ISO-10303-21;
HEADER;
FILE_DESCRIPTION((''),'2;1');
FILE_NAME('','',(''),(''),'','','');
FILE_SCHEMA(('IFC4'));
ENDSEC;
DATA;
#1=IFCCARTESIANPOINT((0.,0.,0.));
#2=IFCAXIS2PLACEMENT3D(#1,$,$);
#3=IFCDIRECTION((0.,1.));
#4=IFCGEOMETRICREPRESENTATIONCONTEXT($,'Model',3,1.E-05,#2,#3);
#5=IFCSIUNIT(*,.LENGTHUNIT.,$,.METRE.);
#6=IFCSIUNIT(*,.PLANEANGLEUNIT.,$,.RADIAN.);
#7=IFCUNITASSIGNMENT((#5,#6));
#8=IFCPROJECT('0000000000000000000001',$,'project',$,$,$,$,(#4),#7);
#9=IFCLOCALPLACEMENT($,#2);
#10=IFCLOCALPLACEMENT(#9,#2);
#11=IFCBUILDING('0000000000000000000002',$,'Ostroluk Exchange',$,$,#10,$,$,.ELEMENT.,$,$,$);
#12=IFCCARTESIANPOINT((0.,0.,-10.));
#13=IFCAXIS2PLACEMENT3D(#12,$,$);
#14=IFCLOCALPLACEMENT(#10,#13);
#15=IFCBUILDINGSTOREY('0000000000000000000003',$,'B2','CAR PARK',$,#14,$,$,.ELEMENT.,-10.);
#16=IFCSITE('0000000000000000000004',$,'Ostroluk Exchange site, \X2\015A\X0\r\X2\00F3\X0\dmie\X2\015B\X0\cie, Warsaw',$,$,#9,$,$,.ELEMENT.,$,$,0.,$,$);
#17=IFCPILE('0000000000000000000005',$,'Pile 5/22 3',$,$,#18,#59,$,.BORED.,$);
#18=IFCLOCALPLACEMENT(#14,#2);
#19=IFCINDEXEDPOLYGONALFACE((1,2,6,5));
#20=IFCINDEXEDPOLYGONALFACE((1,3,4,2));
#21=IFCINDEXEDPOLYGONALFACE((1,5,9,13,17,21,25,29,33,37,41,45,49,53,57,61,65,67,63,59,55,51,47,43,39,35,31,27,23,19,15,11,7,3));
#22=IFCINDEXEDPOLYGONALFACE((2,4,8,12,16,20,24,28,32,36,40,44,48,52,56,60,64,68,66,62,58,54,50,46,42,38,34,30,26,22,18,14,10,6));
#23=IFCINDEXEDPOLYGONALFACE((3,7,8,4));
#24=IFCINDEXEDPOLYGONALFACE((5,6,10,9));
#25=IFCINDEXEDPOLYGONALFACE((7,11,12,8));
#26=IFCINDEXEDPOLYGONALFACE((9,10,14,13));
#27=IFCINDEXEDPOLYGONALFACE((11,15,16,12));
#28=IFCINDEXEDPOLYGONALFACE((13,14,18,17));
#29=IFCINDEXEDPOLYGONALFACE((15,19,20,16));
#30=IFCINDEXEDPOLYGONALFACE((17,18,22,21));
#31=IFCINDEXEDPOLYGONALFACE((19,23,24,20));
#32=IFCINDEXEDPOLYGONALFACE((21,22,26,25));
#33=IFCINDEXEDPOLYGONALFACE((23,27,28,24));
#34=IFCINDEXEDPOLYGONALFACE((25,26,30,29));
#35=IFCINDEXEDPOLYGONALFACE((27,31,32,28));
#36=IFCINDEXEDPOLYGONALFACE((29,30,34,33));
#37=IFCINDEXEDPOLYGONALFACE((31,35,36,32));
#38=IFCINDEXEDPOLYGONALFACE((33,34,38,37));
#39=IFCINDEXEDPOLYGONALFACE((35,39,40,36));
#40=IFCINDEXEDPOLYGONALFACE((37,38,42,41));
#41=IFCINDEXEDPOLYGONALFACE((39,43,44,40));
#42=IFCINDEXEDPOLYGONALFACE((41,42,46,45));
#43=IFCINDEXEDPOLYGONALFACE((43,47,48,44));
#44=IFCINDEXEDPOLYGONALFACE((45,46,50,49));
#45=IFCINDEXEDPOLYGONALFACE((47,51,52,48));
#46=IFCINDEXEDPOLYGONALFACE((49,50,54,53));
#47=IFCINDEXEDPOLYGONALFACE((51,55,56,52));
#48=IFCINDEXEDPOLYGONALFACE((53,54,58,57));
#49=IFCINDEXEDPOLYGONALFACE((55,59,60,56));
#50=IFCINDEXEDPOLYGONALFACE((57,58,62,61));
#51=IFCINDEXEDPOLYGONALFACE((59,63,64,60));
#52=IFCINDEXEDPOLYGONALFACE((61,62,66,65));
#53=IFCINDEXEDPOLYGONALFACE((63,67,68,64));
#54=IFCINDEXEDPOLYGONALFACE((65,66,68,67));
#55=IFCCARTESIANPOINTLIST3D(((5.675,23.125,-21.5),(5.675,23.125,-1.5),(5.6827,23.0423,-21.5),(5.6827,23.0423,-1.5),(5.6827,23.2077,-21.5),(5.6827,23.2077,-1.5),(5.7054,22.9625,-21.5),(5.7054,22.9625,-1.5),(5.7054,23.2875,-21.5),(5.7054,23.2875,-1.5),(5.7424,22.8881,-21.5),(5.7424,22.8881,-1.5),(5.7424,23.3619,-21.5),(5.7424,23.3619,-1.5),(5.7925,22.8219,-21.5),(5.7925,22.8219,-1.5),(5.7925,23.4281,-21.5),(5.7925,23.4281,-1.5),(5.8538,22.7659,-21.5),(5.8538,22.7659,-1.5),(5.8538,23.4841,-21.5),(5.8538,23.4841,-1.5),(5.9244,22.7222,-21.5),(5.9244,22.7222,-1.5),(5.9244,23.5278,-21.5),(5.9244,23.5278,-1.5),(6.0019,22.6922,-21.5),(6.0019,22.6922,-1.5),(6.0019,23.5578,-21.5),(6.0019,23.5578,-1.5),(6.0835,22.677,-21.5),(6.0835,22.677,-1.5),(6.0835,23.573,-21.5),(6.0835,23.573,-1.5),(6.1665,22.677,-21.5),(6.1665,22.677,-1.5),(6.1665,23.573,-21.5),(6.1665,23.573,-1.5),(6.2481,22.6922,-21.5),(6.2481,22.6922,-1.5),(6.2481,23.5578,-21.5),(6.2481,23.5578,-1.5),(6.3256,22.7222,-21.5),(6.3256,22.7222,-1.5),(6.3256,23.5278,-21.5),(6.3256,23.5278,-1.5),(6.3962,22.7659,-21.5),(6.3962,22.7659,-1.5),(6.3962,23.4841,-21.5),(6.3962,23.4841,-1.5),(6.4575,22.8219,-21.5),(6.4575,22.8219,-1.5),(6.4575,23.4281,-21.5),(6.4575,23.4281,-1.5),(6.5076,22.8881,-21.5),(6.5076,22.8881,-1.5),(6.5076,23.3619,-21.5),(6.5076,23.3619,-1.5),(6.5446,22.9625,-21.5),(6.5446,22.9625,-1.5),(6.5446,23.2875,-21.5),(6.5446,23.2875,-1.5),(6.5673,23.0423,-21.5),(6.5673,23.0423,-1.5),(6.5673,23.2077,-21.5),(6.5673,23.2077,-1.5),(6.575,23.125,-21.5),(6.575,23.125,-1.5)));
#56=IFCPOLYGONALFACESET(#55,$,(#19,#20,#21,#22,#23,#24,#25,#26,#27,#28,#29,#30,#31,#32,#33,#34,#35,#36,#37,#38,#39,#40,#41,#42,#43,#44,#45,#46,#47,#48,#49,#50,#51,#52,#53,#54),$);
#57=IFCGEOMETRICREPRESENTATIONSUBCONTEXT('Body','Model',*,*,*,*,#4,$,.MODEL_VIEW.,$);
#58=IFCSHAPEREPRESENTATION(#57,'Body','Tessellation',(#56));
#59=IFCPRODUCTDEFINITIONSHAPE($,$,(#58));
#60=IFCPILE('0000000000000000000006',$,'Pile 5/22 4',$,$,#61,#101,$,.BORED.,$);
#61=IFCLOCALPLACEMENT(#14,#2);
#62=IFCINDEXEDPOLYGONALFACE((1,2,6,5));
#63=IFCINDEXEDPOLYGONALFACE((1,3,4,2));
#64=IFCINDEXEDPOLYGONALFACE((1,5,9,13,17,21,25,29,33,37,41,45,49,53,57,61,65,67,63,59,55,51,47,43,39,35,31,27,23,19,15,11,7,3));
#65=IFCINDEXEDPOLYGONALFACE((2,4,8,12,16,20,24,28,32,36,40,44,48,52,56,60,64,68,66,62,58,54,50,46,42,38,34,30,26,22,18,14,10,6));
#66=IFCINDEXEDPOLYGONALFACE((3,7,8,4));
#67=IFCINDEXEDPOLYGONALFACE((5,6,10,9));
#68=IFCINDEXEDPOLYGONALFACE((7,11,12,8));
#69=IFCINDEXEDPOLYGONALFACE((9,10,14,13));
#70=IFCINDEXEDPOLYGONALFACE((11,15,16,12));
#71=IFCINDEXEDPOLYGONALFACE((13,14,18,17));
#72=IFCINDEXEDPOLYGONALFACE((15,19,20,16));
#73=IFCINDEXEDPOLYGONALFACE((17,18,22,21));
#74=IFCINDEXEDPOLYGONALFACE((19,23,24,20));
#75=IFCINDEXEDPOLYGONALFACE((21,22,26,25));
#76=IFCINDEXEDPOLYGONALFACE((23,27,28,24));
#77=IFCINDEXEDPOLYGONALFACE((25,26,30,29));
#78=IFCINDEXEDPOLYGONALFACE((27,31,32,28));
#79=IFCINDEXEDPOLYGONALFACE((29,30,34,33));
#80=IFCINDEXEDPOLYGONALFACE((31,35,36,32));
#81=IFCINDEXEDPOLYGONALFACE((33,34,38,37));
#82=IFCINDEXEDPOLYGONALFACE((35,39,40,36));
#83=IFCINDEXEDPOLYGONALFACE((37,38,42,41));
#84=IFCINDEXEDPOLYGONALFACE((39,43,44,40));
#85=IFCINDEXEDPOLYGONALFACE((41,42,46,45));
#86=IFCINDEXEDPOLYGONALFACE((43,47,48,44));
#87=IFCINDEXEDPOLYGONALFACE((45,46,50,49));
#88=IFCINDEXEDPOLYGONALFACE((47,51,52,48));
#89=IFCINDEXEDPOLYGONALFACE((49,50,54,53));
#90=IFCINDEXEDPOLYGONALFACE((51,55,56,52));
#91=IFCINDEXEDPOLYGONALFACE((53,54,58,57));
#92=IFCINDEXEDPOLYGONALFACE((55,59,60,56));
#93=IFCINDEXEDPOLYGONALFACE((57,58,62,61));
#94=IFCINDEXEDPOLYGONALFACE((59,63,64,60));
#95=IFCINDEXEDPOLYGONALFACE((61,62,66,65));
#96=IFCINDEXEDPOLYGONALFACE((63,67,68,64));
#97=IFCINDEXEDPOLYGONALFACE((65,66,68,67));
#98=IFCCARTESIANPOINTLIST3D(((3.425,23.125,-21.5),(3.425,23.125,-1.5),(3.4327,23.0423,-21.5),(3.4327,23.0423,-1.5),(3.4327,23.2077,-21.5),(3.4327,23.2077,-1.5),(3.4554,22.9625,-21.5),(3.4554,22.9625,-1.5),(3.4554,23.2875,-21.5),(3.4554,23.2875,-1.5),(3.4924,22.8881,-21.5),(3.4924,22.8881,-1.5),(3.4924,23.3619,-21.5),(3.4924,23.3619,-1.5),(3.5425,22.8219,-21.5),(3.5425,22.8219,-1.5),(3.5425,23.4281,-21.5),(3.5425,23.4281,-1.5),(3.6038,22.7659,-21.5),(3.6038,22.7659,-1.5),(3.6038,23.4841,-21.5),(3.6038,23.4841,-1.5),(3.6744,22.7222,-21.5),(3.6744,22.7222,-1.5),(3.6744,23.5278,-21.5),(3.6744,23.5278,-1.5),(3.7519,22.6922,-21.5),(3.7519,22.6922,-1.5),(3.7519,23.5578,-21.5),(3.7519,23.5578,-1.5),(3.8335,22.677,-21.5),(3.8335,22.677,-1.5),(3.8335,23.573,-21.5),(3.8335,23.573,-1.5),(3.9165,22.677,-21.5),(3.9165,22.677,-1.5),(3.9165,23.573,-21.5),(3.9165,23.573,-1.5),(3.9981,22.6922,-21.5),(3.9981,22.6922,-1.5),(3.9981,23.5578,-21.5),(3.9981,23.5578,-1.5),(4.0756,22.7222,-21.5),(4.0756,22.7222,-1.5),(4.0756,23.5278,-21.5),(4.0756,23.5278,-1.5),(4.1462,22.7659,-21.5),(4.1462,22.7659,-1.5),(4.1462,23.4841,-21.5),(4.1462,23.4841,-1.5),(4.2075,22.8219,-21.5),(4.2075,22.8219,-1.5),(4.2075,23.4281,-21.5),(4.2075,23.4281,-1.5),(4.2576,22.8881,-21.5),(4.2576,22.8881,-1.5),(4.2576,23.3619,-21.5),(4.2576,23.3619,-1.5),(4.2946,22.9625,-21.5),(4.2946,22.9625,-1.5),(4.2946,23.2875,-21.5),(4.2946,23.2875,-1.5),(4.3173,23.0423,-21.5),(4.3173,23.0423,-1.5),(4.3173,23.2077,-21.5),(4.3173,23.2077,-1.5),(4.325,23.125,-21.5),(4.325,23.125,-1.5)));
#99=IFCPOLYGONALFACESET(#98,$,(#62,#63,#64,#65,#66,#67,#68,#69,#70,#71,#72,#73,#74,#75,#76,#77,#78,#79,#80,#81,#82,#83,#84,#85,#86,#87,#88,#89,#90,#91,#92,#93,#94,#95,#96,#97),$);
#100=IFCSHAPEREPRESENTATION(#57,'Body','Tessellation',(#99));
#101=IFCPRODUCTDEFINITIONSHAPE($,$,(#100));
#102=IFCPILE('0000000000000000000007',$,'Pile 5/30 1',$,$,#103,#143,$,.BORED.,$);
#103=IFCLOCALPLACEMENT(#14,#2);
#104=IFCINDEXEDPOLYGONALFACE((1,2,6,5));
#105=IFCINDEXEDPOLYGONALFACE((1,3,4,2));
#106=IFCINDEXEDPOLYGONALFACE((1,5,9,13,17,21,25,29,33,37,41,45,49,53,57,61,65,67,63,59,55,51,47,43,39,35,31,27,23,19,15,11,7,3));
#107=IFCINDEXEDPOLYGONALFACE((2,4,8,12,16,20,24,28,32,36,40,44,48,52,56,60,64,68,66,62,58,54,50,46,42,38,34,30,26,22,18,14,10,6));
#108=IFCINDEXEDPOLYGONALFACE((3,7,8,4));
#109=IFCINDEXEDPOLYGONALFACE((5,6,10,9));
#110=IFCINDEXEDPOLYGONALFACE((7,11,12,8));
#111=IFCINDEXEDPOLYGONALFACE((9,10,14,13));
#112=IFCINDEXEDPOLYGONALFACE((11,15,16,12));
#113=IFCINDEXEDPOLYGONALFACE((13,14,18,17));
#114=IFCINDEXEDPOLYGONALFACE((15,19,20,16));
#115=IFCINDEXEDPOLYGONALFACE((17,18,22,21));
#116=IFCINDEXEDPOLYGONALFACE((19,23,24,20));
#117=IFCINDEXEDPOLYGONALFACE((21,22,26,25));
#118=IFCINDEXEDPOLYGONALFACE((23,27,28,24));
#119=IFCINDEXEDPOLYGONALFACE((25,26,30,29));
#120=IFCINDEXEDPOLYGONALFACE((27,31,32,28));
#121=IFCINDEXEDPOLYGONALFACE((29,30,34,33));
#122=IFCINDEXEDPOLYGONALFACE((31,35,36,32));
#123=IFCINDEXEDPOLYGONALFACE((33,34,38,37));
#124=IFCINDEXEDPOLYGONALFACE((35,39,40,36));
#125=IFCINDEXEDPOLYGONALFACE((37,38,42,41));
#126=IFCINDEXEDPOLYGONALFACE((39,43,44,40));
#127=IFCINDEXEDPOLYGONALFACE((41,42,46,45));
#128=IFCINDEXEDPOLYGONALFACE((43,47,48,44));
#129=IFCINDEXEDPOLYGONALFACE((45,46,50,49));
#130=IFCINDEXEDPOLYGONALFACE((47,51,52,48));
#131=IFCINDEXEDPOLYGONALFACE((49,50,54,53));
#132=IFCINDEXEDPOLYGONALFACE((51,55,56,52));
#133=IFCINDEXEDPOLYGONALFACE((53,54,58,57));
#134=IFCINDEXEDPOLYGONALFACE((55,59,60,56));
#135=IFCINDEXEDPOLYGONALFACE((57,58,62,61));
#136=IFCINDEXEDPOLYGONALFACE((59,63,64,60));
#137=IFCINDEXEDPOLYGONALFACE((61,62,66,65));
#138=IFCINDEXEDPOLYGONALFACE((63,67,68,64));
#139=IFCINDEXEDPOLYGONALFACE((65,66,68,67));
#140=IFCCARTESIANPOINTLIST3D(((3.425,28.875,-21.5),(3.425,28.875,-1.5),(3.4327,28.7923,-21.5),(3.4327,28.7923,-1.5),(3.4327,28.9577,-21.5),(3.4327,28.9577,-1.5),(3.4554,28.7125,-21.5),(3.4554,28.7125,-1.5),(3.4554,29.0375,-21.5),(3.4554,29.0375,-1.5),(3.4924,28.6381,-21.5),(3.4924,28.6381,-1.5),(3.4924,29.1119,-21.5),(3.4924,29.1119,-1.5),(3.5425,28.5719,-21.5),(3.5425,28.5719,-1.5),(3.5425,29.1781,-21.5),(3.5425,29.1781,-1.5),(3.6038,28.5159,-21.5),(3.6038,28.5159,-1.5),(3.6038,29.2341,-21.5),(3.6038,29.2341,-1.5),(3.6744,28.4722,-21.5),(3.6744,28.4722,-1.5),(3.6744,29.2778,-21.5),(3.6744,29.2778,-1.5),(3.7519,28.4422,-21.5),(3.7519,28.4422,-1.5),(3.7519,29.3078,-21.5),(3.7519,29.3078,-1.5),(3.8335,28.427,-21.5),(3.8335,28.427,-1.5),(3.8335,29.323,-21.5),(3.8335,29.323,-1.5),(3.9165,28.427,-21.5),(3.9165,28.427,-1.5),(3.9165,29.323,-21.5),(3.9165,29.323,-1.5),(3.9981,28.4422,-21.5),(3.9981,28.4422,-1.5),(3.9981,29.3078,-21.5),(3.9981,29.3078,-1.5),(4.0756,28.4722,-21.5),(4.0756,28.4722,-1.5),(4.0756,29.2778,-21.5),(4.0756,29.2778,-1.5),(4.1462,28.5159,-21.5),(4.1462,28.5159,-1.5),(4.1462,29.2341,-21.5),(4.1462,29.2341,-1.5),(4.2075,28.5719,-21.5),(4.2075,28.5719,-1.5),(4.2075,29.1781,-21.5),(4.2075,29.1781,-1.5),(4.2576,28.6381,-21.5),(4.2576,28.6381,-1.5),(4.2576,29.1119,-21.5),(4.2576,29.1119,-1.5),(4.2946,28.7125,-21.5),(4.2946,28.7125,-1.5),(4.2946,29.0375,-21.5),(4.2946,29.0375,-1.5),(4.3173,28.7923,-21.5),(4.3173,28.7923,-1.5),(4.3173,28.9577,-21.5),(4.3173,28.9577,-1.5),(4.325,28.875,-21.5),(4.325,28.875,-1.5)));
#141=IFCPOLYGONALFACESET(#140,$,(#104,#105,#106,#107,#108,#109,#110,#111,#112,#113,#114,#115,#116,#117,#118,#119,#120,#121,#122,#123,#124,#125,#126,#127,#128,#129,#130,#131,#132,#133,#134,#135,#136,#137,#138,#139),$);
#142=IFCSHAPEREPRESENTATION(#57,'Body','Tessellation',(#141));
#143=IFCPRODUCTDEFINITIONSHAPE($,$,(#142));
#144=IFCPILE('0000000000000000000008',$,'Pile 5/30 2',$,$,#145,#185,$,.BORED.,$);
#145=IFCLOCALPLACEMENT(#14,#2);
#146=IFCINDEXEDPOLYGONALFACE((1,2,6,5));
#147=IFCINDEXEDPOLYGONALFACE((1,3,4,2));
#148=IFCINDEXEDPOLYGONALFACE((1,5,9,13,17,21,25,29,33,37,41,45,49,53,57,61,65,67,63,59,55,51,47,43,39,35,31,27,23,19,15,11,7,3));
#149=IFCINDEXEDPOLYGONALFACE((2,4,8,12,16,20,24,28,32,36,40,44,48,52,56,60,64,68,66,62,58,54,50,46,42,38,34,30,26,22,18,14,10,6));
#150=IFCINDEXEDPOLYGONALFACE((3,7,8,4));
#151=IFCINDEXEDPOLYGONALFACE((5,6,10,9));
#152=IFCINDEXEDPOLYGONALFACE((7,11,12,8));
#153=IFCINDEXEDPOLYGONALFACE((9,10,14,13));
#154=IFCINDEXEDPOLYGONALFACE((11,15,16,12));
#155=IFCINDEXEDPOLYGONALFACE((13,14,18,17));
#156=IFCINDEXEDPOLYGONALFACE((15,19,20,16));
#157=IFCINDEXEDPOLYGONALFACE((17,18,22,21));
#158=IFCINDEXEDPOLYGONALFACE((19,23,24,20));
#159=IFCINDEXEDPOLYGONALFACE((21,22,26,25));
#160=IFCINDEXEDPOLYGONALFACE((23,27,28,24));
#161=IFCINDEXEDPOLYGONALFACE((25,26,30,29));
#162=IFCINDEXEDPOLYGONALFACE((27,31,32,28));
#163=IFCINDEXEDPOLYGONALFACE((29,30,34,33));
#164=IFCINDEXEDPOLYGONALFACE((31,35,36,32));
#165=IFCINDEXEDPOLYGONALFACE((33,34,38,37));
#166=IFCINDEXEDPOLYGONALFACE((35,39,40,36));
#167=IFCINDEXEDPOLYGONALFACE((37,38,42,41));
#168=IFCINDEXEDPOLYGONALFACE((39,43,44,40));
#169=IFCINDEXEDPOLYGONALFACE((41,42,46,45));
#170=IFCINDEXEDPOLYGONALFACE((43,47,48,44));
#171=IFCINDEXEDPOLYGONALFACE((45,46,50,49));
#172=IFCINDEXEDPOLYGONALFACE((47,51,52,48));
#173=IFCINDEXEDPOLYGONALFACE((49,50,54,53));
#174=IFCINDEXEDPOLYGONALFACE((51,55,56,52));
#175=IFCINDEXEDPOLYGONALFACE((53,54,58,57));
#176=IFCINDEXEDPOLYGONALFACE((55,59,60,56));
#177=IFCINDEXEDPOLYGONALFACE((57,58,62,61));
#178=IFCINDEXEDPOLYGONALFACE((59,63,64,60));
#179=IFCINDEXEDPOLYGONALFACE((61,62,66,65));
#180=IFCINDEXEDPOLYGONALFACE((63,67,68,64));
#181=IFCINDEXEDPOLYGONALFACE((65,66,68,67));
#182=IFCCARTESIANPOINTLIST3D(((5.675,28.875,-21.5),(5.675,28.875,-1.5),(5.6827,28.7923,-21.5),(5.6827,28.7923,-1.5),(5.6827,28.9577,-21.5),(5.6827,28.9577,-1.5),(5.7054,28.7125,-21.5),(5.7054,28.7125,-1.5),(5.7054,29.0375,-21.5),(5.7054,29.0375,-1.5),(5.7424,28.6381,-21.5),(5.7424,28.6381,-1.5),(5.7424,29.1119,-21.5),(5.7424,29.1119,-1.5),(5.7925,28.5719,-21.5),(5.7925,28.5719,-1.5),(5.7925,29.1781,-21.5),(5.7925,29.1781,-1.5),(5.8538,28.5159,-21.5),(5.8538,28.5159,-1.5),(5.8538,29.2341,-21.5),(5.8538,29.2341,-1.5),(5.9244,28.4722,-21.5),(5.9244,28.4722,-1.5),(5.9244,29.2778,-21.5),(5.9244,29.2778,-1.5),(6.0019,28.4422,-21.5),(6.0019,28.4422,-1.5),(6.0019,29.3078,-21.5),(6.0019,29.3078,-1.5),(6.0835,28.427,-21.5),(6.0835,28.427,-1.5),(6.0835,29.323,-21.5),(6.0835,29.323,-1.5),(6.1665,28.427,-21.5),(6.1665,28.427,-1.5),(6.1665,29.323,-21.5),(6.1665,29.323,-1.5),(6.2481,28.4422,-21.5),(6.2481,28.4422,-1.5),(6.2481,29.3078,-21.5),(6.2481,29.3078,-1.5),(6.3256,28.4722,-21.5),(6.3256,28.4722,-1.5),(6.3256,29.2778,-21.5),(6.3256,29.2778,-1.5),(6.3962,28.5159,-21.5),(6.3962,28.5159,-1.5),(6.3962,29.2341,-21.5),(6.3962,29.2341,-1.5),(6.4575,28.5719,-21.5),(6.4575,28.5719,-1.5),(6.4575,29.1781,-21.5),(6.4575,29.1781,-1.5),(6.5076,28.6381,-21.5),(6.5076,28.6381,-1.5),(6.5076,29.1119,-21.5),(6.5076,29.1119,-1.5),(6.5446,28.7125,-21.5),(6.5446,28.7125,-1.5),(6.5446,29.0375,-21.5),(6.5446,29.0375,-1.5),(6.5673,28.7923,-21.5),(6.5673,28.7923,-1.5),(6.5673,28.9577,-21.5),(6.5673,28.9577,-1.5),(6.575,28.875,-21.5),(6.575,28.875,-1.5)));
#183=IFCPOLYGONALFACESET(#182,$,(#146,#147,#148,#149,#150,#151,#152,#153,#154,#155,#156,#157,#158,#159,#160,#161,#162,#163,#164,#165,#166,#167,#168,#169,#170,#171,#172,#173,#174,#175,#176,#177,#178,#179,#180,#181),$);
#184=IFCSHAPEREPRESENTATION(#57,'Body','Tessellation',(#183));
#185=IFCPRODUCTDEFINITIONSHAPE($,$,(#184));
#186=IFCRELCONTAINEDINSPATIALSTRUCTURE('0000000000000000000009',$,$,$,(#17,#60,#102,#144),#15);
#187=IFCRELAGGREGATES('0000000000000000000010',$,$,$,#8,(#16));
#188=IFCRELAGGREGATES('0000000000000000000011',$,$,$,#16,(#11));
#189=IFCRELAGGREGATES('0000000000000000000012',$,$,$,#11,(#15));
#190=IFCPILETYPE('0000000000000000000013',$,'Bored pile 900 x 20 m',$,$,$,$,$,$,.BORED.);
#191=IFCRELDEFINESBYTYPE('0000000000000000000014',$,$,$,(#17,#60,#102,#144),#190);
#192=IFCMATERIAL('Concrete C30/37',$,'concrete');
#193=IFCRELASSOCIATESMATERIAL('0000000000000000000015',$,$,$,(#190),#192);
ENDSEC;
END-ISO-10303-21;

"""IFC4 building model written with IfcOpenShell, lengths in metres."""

from ifc_helpers import new_model, si_unit, direction, frame, origin, origin_2d, place, context, subcontext, project, spatial, circle, extrude, material, type_object, element, save


model = new_model("IFC4")

# Units and contexts
model_context = context("Model", 3, precision=1e-05, world=origin(), true_north=direction((0.0, 1.0)))
body_context = subcontext(model_context, "Body", "Model", "MODEL_VIEW")
ifc_project = project(units=[si_unit("LENGTHUNIT", "METRE"), si_unit("PLANEANGLEUNIT", "RADIAN")], contexts=[model_context])

# Site, building, storey
site_placement = place(None, origin())
site = spatial("IfcSite", under=ifc_project, at=site_placement, Name="Ostroluk Exchange site, Śródmieście, Warsaw", CompositionType="ELEMENT", RefElevation=0.0)
building_placement = place(site_placement, origin())
building = spatial("IfcBuilding", under=site, at=building_placement, Name="Ostroluk Exchange", CompositionType="ELEMENT")
storey_placement = place(building_placement, frame((0.0, 0.0, -10.0)))
storey = spatial("IfcBuildingStorey", under=building, at=storey_placement, Name="B2", Description="CAR PARK", CompositionType="ELEMENT", Elevation=-10.0)

# Piles
ifc_material_1 = material(Name="Concrete C30/37", Category="concrete")
pile_type_1 = type_object("IfcPileType", Name="Bored pile 900 x 20 m", PredefinedType="BORED", material=ifc_material_1)
for number, where, z_axis, x_axis, name in (
    (1, (6.125, 23.125, -1.5), (0.0, 0.0, -1.0), (1.0, 0.0, 0.0), "Pile 5/22 3"),
    (2, (3.875, 23.125, -1.5), (0.0, 0.0, -1.0), (1.0, 0.0, 0.0), "Pile 5/22 4"),
    (3, (3.875, 28.875, -1.5), (0.0, 0.0, -1.0), (1.0, 0.0, 0.0), "Pile 5/30 1"),
    (4, (6.125, 28.875, -1.5), (0.0, 0.0, -1.0), (1.0, 0.0, 0.0), "Pile 5/30 2"),
):
    element("IfcPile", number, at=place(storey_placement, frame(where, z_axis=z_axis, x_axis=x_axis)), inside=storey, type_object=pile_type_1, Name=name, PredefinedType="BORED", context=body_context, shape_type="SweptSolid", body=[
        extrude(circle(Radius=0.45, at=origin_2d()), origin(), (0.0, 0.0, 1.0), 20.0),
    ])

save(model, "model.ifc")
